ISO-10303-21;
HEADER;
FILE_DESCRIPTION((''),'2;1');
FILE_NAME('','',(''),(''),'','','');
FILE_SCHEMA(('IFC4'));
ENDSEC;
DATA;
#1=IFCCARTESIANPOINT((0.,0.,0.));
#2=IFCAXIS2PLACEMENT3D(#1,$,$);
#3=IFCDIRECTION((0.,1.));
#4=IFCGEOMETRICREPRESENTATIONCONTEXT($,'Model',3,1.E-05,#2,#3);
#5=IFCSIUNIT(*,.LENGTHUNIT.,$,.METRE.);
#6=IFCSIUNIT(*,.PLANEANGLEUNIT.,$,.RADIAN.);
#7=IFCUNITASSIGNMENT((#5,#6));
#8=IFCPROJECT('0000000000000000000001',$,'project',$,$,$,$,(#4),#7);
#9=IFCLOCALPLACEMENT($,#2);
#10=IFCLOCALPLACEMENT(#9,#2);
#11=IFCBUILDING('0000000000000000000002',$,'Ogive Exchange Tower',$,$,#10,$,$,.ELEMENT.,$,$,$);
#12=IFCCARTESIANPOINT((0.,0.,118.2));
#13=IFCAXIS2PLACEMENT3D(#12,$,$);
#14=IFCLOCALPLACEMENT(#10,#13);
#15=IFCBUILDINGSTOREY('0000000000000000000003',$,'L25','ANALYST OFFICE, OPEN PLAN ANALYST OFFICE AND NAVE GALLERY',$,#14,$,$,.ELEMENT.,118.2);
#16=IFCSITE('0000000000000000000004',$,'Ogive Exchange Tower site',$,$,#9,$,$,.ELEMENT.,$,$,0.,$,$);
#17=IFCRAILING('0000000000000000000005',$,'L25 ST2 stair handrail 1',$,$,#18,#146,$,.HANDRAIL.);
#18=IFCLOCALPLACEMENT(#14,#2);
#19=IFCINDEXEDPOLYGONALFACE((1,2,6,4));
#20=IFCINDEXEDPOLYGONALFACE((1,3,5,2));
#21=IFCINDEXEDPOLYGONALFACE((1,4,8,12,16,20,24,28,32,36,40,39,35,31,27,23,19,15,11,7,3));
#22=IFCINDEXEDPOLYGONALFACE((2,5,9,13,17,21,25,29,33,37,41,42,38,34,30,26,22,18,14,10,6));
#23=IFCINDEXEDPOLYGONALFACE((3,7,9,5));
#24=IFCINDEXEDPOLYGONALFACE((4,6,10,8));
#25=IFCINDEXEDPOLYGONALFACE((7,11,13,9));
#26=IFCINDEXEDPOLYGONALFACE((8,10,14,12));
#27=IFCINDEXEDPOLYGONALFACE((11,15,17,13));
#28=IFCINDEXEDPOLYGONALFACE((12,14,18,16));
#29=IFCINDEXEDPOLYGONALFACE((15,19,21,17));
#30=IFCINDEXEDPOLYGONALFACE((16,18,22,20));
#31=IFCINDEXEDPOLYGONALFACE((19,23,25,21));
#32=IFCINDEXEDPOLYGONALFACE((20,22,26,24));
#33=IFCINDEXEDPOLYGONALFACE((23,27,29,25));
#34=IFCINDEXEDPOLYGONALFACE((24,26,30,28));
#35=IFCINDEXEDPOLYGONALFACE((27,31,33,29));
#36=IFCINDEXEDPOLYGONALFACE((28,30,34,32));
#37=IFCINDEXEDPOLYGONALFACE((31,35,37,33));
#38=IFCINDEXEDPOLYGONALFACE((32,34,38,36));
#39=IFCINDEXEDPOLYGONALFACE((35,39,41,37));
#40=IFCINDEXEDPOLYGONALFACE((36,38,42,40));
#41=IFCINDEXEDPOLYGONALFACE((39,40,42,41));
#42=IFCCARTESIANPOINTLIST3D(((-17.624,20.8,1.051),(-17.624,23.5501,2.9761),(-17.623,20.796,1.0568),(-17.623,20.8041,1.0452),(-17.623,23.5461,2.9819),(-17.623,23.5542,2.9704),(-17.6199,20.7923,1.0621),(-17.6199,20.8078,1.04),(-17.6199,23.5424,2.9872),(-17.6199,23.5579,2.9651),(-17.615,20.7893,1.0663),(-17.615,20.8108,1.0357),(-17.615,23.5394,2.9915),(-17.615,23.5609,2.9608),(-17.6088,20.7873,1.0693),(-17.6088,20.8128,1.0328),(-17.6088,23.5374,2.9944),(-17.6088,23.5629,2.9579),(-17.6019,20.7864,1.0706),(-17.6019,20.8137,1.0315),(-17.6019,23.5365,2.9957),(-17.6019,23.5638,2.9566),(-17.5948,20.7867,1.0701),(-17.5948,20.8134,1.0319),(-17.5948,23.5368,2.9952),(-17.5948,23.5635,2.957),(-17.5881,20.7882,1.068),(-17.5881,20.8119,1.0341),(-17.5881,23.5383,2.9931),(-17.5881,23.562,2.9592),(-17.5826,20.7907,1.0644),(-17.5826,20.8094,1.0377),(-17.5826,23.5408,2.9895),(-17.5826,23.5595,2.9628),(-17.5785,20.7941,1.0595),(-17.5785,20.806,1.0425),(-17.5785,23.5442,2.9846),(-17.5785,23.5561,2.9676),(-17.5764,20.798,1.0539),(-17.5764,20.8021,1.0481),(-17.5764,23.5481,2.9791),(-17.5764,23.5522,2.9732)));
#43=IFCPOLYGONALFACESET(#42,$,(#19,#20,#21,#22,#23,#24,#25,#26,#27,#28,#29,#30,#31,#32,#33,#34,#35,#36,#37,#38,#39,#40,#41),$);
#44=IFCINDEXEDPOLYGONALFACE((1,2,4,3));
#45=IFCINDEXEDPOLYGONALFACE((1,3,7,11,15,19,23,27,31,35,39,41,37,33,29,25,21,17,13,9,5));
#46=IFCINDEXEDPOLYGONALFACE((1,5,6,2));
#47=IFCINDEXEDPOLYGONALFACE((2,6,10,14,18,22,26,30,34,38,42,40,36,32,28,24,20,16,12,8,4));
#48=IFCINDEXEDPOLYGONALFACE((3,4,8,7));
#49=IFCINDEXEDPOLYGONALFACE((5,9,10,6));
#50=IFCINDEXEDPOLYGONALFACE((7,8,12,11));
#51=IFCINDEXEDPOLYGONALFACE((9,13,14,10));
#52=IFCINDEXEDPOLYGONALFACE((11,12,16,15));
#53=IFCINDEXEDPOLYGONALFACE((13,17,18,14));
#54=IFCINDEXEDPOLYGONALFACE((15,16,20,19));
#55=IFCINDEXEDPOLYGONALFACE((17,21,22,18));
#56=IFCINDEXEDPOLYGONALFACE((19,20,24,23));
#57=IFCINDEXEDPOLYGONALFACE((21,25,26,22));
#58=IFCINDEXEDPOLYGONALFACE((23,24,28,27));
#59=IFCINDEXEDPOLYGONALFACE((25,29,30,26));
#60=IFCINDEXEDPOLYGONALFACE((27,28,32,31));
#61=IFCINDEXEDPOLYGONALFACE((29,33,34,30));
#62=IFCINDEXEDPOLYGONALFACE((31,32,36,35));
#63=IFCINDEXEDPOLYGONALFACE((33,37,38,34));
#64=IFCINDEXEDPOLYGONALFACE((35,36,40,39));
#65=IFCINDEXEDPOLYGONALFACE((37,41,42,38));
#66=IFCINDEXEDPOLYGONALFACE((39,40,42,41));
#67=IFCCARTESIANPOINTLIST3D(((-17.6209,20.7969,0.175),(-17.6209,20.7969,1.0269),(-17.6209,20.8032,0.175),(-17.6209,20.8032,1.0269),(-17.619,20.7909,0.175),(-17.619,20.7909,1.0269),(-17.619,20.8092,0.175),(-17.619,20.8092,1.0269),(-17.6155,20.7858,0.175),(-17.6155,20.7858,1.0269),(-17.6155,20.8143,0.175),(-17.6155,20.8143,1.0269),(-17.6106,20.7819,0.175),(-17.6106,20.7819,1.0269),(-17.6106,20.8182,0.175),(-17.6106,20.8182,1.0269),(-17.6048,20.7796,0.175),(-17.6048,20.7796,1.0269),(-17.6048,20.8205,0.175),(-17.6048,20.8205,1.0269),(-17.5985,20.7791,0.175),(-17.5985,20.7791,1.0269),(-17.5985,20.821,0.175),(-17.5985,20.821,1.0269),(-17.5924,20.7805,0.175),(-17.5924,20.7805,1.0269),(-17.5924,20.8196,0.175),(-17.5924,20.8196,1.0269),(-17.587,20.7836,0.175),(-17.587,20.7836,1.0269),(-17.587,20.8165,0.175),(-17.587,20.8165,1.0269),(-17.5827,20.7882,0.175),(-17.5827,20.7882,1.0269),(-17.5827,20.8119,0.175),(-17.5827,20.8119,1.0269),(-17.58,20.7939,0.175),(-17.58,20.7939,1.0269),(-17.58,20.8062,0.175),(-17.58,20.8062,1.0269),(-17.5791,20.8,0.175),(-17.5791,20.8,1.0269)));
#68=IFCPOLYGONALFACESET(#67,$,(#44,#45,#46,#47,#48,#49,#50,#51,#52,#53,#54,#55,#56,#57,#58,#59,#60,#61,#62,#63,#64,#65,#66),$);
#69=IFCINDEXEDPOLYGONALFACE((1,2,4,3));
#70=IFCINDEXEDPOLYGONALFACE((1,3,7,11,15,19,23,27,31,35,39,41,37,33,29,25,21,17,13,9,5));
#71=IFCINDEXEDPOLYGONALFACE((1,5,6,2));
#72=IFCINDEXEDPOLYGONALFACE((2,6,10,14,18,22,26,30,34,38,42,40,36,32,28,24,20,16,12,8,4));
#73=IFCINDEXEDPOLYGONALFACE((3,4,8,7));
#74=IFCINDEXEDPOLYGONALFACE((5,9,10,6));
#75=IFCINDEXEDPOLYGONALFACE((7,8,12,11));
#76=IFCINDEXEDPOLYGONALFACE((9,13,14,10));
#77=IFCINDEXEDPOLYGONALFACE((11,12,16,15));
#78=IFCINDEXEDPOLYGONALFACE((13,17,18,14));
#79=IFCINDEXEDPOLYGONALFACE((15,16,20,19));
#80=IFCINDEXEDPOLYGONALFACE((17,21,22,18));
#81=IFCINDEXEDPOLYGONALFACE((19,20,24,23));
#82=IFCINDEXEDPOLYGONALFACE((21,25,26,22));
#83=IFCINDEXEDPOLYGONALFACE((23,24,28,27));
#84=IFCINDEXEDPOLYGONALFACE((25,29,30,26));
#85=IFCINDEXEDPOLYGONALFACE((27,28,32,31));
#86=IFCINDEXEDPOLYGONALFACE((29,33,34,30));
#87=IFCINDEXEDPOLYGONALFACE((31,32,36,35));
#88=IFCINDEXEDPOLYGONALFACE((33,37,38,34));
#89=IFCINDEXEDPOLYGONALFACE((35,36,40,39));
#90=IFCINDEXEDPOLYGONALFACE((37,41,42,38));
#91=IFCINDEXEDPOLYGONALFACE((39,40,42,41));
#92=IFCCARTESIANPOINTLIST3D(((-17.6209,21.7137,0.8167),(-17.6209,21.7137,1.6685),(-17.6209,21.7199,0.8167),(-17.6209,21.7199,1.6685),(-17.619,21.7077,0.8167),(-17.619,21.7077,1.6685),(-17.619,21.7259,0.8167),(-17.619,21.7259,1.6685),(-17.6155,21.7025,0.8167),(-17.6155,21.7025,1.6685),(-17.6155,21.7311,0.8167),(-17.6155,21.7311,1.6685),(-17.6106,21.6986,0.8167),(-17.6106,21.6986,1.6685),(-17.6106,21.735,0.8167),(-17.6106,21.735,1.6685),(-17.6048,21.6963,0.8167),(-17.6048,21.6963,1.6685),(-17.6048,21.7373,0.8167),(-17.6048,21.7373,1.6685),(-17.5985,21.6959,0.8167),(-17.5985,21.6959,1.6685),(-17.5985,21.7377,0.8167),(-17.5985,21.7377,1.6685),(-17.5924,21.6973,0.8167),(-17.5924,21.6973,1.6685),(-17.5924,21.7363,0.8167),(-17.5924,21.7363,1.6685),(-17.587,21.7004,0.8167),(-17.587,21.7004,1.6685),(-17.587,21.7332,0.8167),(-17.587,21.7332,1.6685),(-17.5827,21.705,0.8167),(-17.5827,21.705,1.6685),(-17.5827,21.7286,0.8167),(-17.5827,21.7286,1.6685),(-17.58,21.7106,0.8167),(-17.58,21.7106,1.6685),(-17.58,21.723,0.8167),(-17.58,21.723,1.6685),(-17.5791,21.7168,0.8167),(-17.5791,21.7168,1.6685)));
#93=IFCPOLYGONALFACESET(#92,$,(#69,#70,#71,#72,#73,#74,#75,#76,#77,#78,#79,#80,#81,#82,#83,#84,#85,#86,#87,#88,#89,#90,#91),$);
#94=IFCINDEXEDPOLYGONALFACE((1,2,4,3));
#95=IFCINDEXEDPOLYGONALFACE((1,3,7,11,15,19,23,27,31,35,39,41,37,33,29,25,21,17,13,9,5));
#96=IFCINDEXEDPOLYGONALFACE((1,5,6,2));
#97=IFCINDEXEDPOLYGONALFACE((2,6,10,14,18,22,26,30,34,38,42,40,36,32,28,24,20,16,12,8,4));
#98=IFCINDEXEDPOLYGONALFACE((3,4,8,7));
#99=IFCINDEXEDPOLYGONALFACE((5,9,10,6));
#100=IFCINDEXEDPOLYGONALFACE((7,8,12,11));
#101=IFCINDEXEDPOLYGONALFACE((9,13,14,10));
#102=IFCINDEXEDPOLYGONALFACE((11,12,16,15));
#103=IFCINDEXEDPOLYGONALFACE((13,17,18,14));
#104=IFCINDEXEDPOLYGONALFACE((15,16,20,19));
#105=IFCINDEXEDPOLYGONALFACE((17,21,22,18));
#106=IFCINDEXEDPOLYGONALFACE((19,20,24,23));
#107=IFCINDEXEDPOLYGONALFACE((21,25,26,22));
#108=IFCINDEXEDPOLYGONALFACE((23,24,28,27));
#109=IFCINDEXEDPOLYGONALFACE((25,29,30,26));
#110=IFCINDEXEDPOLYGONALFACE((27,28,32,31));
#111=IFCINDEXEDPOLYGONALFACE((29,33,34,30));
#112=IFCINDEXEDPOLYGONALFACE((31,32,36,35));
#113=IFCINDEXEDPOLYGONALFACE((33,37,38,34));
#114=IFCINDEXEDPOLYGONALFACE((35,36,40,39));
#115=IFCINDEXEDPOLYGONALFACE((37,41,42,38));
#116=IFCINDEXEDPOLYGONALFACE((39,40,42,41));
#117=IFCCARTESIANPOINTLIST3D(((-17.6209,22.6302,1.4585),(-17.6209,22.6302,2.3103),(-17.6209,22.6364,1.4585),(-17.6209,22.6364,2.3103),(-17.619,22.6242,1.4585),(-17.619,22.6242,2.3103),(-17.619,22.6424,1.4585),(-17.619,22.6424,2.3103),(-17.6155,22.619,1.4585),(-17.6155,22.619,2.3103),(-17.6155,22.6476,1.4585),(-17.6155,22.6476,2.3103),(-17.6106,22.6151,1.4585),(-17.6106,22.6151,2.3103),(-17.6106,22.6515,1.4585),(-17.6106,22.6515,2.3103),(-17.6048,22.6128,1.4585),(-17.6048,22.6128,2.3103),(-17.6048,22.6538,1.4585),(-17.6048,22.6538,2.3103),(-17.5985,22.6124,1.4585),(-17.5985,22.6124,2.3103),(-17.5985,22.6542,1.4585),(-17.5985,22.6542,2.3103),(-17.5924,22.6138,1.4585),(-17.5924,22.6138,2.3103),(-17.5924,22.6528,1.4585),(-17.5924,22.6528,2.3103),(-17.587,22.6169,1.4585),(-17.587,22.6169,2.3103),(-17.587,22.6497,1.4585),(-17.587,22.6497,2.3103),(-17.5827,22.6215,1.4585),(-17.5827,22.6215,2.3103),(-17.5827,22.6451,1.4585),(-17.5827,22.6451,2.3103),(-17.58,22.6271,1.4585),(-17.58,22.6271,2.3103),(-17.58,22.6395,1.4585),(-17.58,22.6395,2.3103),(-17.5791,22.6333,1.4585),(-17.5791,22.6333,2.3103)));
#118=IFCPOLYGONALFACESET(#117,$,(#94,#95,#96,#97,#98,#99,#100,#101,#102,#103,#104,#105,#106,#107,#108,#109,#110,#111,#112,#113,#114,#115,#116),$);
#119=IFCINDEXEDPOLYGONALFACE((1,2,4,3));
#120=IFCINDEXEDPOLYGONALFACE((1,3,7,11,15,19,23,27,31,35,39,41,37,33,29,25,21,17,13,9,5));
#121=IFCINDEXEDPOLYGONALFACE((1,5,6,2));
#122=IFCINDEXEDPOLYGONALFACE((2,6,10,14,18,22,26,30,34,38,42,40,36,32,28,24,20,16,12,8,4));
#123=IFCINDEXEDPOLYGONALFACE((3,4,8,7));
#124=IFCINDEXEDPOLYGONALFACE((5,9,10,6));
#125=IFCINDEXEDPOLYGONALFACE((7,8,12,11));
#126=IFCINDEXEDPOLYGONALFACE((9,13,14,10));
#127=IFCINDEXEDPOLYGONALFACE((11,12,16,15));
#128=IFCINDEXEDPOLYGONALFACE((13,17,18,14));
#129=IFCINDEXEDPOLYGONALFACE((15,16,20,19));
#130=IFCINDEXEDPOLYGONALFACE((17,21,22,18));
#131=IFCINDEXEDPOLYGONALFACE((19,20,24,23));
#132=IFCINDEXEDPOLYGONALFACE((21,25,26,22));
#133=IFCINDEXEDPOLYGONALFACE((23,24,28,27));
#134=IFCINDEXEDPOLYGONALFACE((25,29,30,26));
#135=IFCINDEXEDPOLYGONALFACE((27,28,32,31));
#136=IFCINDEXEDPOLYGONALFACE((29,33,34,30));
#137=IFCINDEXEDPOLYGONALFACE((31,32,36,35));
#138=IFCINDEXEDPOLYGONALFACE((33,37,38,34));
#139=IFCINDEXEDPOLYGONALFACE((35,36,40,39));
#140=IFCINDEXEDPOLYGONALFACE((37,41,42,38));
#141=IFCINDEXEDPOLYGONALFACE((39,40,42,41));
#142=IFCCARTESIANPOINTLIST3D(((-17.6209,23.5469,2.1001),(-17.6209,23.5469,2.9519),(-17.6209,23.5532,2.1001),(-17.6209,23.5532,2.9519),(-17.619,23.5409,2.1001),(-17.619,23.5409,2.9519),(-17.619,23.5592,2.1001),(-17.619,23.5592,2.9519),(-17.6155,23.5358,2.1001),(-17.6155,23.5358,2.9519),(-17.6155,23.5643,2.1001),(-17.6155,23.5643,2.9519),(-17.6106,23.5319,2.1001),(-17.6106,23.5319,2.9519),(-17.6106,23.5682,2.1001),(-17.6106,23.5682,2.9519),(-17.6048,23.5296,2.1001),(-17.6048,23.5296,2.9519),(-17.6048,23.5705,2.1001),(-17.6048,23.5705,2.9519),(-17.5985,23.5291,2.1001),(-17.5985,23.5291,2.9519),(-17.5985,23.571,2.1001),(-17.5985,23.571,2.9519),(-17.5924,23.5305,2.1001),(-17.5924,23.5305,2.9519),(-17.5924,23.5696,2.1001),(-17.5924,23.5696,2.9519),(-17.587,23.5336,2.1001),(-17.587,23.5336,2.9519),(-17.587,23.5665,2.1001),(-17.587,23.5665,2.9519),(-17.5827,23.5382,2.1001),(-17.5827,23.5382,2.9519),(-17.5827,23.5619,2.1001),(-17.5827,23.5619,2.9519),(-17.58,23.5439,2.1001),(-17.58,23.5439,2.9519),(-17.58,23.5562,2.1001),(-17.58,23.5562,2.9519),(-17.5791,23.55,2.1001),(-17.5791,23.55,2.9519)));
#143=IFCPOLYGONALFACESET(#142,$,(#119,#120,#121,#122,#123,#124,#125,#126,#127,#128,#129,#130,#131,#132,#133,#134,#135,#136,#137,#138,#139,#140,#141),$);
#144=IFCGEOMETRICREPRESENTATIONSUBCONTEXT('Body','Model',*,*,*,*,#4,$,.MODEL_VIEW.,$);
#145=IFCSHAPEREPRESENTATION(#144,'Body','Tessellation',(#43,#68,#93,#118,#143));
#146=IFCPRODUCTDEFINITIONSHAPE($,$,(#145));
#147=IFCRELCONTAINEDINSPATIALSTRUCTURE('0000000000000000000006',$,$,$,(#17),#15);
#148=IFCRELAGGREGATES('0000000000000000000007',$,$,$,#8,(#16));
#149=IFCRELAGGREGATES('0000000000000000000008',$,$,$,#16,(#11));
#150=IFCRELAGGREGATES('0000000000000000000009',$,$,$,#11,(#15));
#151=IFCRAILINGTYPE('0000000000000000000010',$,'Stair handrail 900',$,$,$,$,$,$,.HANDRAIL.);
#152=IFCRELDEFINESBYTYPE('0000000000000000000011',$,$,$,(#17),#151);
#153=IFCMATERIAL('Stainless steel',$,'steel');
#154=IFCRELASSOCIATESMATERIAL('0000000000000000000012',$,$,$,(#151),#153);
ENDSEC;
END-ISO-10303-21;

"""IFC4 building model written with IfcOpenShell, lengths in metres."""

from ifc_helpers import new_model, si_unit, direction, frame, origin, origin_2d, place, context, subcontext, project, spatial, circle, extrude, material, type_object, element, save


model = new_model("IFC4")

# Units and contexts
model_context = context("Model", 3, precision=1e-05, world=origin(), true_north=direction((0.0, 1.0)))
body_context = subcontext(model_context, "Body", "Model", "MODEL_VIEW")
ifc_project = project(units=[si_unit("LENGTHUNIT", "METRE"), si_unit("PLANEANGLEUNIT", "RADIAN")], contexts=[model_context])

# Site, building, storey
site_placement = place(None, origin())
site = spatial("IfcSite", under=ifc_project, at=site_placement, Name="Ogive Exchange Tower site", CompositionType="ELEMENT", RefElevation=0.0)
building_placement = place(site_placement, origin())
building = spatial("IfcBuilding", under=site, at=building_placement, Name="Ogive Exchange Tower", CompositionType="ELEMENT")
storey_placement = place(building_placement, frame((0.0, 0.0, 118.2)))
storey = spatial("IfcBuildingStorey", under=building, at=storey_placement, Name="L25", Description="ANALYST OFFICE, OPEN PLAN ANALYST OFFICE AND NAVE GALLERY", CompositionType="ELEMENT", Elevation=118.2)

# Railing
ifc_material_1 = material(Name="Stainless steel", Category="steel")
railing_type = type_object("IfcRailingType", Name="Stair handrail 900", PredefinedType="HANDRAIL", material=ifc_material_1)
railing_placement = place(storey_placement, frame((-17.6001, 20.8, 0.175)))
element("IfcRailing", 1, at=railing_placement, inside=storey, type_object=railing_type, Name="L25 ST2 stair handrail 1", PredefinedType="HANDRAIL", context=body_context, shape_type="SweptSolid", body=[
    extrude(circle(Radius=0.0239, at=origin_2d()), frame((0.0, 0.0, 0.876), z_axis=(0.0, 0.819225, 0.573472), x_axis=(-1.0, 0.0, 0.0)), (0.0, 0.0, 1.0), 3.3569),
    extrude(circle(Radius=0.021, at=origin_2d()), origin(), (0.0, 0.0, 1.0), 0.8518),
    extrude(circle(Radius=0.021, at=origin_2d()), frame((0.0, 0.9167, 0.6416)), (0.0, 0.0, 1.0), 0.8518),
    extrude(circle(Radius=0.021, at=origin_2d()), frame((0.0, 1.8333, 1.2834)), (0.0, 0.0, 1.0), 0.8518),
    extrude(circle(Radius=0.021, at=origin_2d()), frame((0.0, 2.75, 1.925)), (0.0, 0.0, 1.0), 0.8518),
])

save(model, "model.ifc")
